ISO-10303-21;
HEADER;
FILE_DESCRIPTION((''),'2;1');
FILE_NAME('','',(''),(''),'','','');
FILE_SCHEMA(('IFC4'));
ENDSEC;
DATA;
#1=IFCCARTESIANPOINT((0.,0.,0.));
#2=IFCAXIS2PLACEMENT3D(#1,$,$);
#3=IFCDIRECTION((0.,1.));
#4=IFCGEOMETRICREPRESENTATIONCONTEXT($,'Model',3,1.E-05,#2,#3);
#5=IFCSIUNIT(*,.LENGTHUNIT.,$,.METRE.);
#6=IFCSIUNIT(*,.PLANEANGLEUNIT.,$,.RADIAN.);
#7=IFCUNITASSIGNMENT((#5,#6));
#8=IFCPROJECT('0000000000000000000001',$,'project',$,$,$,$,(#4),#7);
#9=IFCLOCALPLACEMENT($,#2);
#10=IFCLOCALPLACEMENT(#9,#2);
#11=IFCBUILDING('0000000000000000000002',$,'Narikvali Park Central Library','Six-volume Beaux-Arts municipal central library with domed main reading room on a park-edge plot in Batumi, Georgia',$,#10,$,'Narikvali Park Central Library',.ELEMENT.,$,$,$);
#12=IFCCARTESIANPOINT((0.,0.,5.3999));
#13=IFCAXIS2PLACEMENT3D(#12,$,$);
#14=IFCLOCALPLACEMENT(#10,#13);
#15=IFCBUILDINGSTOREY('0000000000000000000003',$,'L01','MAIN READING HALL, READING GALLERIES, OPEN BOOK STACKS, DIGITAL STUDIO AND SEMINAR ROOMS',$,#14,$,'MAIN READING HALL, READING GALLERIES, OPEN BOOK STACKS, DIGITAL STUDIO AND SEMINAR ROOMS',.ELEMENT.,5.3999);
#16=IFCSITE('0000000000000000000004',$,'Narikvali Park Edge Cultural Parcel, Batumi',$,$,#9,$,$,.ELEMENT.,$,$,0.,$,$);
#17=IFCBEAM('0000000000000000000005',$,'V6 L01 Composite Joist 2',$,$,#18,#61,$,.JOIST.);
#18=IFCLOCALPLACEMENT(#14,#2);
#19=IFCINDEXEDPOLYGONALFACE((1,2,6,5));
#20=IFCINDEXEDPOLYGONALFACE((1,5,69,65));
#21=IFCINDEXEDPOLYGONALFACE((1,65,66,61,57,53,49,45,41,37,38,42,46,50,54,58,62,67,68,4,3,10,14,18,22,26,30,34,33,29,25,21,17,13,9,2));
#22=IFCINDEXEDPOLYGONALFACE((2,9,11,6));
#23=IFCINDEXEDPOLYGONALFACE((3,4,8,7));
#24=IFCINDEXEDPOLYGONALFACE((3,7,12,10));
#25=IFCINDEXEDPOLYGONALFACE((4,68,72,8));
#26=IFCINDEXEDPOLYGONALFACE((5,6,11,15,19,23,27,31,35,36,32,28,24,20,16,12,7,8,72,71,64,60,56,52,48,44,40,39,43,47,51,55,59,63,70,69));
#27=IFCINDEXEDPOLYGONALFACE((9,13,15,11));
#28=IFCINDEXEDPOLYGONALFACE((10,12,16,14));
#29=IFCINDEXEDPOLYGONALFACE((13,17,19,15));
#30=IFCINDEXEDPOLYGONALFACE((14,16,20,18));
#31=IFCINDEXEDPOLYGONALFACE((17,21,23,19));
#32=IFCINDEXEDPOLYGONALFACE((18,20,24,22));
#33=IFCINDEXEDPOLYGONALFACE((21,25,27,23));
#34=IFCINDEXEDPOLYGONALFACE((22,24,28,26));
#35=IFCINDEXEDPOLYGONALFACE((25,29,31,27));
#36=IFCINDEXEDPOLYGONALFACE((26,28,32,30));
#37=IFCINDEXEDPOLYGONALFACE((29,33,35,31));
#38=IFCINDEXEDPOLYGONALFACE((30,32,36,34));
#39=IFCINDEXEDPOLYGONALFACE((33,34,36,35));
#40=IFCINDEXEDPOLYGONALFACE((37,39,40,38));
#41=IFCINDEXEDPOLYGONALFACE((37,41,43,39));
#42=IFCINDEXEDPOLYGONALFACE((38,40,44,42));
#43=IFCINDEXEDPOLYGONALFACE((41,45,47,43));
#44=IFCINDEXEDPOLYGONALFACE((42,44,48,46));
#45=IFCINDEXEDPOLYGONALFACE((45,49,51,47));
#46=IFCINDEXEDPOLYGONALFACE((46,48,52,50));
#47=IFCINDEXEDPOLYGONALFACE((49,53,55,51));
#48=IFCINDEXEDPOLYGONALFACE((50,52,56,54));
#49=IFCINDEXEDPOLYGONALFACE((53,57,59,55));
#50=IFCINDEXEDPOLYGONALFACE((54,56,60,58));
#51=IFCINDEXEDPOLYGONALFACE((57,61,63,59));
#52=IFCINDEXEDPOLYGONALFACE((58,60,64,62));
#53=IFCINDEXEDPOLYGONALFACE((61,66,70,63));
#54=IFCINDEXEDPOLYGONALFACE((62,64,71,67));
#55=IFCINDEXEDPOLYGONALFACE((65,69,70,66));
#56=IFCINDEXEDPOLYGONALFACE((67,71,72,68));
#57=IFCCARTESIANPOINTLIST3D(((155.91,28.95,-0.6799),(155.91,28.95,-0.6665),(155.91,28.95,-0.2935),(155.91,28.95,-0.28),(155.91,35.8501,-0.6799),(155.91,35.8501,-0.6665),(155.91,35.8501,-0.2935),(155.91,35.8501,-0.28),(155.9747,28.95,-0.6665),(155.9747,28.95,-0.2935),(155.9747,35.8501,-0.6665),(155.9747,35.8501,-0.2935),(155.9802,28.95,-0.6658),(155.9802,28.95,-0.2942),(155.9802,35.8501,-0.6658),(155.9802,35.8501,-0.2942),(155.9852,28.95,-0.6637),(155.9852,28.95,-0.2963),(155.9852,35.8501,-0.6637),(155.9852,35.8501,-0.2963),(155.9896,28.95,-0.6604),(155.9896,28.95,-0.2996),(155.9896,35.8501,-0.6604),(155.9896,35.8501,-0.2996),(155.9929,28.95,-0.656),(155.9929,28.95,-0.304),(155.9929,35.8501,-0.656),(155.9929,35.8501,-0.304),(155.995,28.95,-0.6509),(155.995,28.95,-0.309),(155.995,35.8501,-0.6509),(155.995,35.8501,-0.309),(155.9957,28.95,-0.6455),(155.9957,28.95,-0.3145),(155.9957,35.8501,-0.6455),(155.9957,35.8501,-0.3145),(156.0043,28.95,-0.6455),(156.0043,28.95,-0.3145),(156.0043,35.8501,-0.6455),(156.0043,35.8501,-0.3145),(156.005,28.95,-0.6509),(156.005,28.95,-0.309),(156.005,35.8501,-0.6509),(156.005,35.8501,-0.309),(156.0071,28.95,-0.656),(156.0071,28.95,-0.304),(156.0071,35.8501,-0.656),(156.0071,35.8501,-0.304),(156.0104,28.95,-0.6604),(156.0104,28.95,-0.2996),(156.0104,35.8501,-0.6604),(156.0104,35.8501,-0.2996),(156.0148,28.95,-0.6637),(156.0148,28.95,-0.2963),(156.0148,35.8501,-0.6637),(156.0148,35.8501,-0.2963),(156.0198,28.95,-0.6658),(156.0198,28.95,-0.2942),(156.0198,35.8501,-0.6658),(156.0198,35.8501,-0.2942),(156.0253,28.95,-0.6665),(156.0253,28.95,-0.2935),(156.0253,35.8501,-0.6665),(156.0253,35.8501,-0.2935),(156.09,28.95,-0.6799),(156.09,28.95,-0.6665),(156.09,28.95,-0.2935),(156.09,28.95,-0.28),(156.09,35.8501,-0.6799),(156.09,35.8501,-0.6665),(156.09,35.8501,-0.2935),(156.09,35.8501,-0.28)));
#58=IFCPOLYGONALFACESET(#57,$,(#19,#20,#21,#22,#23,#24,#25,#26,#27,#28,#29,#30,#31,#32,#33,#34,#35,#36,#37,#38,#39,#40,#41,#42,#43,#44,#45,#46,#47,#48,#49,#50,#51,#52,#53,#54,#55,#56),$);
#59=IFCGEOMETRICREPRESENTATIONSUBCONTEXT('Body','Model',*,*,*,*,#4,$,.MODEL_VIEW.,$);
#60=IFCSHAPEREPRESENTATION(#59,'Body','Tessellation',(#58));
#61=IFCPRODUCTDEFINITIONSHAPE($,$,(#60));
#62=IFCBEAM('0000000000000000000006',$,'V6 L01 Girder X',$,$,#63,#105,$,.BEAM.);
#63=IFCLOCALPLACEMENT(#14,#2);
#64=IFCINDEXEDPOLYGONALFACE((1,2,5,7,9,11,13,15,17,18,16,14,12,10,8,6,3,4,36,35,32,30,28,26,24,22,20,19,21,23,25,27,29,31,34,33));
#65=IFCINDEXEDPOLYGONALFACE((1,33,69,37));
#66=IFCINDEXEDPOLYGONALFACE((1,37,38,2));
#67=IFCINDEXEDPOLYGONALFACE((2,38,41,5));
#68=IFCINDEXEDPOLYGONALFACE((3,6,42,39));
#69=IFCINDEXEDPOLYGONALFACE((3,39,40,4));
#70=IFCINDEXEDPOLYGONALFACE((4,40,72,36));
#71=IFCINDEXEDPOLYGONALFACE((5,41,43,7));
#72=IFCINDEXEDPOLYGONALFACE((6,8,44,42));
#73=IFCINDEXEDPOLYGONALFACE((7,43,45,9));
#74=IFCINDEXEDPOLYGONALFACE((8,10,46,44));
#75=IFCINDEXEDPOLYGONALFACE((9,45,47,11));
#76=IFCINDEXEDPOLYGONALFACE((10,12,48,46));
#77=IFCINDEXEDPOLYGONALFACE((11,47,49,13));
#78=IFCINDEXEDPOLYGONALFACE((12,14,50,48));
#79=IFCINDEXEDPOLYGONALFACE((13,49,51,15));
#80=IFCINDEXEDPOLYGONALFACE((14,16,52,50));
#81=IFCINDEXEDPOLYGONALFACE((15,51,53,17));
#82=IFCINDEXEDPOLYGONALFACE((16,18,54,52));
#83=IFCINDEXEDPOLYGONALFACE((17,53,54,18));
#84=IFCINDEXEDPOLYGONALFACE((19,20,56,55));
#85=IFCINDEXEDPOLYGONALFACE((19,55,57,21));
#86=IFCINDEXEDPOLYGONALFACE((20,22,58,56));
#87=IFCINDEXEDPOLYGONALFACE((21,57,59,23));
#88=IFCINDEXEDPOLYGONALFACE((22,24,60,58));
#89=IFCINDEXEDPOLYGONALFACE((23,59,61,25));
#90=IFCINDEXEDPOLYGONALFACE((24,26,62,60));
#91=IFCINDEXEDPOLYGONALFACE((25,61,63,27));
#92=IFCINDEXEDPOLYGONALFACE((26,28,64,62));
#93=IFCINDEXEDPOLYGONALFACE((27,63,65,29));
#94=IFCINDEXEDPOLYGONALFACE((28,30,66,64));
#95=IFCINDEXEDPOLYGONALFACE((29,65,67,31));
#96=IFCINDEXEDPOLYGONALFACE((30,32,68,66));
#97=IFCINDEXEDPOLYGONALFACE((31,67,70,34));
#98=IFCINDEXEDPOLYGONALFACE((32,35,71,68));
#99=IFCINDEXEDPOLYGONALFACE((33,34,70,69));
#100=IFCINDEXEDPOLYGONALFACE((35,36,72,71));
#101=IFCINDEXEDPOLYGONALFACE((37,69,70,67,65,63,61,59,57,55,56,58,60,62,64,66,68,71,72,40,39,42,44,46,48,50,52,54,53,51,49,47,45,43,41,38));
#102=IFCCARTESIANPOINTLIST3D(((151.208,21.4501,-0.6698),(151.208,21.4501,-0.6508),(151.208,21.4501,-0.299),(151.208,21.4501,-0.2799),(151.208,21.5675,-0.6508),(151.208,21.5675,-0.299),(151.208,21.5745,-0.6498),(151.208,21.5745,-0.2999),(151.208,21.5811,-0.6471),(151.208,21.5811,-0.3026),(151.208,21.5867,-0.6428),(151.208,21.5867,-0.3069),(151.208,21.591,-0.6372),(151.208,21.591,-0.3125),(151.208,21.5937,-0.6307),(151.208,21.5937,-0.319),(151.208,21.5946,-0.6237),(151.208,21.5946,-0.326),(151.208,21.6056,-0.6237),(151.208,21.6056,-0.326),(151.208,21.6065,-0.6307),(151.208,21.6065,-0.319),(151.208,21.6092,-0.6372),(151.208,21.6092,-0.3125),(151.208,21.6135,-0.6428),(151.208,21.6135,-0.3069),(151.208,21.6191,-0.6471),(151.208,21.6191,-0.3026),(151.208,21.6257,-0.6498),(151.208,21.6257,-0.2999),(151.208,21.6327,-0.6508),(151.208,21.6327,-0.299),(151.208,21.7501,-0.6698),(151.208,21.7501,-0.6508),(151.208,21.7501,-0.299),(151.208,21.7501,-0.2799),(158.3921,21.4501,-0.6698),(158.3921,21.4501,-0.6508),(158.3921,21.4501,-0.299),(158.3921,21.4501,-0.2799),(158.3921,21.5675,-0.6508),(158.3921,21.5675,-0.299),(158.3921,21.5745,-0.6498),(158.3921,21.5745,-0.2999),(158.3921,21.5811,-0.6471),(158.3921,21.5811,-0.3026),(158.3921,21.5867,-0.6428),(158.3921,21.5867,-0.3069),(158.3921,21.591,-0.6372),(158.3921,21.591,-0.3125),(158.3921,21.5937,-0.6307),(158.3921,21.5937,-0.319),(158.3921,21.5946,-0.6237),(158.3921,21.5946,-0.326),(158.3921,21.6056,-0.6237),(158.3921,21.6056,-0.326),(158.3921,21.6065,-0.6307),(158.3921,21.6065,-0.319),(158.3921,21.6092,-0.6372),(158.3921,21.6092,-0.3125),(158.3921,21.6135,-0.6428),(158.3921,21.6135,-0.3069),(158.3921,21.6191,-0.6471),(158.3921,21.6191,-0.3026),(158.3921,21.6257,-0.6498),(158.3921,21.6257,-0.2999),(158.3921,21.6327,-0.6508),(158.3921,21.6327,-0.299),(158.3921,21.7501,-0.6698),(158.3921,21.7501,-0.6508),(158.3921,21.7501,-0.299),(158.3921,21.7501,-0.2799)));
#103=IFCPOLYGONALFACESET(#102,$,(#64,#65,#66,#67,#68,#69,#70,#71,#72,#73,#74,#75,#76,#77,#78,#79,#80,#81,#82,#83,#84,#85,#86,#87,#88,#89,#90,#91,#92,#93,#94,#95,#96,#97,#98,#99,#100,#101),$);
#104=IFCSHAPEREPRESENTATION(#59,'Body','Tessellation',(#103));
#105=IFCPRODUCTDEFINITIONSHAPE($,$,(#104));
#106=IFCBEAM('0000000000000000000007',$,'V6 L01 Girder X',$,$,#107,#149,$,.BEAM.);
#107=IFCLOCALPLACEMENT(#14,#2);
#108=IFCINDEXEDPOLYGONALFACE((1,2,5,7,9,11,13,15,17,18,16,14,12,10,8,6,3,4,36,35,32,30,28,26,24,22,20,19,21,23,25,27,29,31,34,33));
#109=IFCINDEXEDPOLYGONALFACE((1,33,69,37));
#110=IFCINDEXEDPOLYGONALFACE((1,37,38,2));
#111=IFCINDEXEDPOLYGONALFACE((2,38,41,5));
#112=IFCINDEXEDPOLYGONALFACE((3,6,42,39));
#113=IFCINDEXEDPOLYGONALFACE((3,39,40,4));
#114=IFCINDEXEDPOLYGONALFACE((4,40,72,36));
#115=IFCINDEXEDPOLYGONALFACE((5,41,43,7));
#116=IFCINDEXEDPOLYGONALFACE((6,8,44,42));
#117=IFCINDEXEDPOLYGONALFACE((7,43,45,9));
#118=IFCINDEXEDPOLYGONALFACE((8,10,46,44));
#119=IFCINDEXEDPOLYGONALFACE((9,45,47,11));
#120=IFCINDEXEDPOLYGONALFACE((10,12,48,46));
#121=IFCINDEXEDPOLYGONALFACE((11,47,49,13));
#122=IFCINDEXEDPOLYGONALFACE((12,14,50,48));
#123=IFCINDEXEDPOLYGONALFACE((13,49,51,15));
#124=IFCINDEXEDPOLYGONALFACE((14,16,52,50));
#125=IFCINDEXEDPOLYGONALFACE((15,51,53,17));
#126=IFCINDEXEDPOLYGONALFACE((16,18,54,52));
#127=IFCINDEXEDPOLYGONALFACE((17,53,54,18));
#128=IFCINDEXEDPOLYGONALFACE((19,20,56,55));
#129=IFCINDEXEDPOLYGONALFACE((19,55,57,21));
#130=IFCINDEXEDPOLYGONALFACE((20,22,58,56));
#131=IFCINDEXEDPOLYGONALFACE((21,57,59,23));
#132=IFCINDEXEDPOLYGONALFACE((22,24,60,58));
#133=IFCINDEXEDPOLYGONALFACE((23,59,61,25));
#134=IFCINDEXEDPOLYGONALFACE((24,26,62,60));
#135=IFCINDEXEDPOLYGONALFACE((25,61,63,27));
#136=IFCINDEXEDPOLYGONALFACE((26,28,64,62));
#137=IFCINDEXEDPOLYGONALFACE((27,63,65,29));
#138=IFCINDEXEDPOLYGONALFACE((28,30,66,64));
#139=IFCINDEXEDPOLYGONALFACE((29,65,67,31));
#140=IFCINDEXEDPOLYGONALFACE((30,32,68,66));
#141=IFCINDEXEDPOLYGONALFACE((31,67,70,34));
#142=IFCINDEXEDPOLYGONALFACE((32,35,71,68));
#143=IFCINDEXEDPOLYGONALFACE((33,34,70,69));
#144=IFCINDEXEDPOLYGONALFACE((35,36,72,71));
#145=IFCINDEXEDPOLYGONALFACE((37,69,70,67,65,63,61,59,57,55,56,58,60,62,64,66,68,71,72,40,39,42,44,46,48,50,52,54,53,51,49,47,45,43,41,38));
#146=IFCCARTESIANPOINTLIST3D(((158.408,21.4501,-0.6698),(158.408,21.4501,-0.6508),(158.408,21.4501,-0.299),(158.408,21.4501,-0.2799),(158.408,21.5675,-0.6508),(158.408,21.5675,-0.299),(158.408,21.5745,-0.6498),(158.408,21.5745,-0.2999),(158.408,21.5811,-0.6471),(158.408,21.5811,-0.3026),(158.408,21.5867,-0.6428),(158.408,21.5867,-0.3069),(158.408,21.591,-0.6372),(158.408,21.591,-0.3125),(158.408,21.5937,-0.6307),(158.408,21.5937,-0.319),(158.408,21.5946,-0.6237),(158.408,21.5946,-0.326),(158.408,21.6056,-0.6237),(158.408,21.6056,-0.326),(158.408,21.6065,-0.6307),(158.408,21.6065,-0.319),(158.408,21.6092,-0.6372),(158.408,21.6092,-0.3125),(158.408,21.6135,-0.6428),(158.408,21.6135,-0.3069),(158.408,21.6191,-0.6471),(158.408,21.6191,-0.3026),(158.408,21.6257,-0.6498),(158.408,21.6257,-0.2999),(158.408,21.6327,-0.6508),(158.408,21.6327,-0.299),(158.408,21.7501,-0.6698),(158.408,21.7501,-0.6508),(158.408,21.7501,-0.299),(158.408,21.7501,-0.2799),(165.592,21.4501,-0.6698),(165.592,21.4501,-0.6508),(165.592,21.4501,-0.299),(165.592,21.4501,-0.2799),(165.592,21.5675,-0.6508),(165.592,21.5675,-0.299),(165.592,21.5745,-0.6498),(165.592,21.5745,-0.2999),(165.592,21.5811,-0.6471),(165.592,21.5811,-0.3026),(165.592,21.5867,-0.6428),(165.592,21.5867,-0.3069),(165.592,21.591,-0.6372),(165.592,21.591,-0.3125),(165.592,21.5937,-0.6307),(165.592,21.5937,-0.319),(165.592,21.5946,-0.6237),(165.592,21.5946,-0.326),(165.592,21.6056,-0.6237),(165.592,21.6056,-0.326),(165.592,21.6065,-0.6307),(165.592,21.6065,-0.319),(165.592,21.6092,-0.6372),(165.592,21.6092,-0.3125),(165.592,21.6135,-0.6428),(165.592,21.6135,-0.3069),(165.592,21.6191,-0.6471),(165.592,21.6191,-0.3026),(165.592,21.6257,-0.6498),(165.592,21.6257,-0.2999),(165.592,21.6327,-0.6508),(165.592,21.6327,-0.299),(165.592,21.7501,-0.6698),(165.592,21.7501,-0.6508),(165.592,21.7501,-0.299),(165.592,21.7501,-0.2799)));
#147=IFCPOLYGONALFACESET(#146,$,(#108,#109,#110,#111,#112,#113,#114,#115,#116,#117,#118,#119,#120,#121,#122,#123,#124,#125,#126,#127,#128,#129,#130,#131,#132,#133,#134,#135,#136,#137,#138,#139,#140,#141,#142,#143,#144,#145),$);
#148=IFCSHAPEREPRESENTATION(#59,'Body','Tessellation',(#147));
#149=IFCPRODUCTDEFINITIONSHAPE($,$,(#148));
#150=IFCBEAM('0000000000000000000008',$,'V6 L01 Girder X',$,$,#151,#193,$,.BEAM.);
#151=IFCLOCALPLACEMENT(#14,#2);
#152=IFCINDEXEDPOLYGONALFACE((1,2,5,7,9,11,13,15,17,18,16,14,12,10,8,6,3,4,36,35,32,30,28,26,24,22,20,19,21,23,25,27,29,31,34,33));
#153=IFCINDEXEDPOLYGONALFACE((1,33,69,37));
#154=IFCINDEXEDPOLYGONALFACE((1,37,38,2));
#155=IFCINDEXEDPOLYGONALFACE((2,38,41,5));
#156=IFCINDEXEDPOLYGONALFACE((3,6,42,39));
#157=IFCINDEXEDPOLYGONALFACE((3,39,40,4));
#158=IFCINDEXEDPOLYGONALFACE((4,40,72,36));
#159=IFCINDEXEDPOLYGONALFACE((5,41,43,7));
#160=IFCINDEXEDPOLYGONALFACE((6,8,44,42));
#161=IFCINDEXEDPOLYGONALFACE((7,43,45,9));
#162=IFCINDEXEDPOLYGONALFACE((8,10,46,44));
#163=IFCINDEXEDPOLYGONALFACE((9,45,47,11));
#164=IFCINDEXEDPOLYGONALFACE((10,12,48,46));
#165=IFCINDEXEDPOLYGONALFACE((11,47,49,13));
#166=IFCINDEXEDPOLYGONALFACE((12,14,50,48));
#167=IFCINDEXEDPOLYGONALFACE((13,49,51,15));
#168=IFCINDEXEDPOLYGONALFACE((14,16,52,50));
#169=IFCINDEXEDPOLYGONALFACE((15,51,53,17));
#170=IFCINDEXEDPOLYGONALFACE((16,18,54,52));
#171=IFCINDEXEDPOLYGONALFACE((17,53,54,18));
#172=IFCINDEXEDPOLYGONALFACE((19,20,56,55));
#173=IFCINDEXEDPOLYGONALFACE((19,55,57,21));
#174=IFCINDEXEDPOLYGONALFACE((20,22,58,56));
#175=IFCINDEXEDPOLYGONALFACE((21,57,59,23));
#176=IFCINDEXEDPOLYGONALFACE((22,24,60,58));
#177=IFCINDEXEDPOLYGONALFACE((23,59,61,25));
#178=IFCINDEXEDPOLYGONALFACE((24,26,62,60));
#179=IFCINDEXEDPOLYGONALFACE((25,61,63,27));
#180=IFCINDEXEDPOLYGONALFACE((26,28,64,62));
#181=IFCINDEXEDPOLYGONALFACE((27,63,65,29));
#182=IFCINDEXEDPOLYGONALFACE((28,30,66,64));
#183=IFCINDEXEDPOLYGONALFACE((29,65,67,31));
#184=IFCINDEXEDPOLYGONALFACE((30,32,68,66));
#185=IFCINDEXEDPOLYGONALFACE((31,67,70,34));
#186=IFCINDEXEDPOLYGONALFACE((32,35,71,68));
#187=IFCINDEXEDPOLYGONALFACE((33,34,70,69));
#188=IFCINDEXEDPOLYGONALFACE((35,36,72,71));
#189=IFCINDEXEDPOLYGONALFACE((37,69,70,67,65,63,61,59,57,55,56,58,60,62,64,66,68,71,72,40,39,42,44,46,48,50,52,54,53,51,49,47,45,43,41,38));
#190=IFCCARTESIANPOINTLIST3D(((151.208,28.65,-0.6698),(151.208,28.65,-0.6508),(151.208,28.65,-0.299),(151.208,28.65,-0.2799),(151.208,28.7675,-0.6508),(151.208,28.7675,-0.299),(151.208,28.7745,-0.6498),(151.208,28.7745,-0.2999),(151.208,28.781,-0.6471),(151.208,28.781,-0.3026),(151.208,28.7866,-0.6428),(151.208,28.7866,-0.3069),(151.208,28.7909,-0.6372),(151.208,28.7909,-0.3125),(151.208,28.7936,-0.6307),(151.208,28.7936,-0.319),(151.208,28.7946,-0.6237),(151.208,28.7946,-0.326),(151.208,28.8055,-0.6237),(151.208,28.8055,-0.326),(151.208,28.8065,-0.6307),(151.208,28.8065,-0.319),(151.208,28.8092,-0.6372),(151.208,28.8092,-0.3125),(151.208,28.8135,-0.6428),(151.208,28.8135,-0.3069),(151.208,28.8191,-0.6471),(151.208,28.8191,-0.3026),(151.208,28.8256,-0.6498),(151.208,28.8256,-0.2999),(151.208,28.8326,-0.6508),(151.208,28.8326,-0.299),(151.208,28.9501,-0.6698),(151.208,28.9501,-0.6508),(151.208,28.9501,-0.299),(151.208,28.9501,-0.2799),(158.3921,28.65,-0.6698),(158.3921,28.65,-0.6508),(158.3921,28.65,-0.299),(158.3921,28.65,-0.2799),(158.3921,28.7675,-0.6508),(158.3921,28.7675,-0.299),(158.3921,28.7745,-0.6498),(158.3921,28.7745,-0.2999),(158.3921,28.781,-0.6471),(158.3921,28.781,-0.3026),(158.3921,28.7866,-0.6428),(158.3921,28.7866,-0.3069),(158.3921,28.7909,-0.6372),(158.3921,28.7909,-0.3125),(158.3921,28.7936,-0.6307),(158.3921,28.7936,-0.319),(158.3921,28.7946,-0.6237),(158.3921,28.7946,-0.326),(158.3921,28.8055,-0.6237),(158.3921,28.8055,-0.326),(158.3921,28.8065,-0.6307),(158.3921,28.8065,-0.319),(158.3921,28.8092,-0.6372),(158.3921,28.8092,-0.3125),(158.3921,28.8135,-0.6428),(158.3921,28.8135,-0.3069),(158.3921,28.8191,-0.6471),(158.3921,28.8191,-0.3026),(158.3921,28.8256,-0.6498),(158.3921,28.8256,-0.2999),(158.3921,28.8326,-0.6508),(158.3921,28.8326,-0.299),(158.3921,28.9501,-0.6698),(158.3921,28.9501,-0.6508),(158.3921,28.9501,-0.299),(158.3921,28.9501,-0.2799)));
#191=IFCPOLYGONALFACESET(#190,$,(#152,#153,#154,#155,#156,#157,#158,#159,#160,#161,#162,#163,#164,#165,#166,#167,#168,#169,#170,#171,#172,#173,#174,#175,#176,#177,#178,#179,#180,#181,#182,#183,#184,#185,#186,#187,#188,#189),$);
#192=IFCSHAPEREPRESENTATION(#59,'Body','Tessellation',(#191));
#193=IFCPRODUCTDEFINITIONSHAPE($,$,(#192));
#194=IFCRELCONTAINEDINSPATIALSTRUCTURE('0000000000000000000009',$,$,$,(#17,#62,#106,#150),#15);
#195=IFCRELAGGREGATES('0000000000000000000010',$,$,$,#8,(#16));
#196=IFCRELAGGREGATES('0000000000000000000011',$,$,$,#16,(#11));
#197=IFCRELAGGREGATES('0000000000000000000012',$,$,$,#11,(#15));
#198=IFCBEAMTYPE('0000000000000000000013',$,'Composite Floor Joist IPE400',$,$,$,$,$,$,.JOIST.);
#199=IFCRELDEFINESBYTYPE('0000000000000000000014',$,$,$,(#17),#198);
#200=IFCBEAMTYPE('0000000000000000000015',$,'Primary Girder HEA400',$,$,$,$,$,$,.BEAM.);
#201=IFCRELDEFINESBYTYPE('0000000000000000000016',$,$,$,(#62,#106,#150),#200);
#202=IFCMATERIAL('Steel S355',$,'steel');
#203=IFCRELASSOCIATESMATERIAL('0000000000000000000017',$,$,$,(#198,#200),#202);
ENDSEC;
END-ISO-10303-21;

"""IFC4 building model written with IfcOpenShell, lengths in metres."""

from ifc_helpers import new_model, si_unit, direction, frame, origin, origin_2d, place, context, subcontext, project, spatial, i_section, extrude, material, material_profile, profile_set, type_object, element, save


model = new_model("IFC4")

# Units and contexts
model_context = context("Model", 3, precision=1e-05, world=origin(), true_north=direction((0.0, 1.0)))
body_context = subcontext(model_context, "Body", "Model", "MODEL_VIEW")
ifc_project = project(units=[si_unit("LENGTHUNIT", "METRE"), si_unit("PLANEANGLEUNIT", "RADIAN")], contexts=[model_context])

# Site, building, storey
site_placement = place(None, origin())
site = spatial("IfcSite", under=ifc_project, at=site_placement, Name="Narikvali Park Edge Cultural Parcel, Batumi", CompositionType="ELEMENT", RefElevation=0.0)
building_placement = place(site_placement, origin())
building = spatial("IfcBuilding", under=site, at=building_placement, Name="Narikvali Park Central Library", Description="Six-volume Beaux-Arts municipal central library with domed main reading room on a park-edge plot in Batumi, Georgia", LongName="Narikvali Park Central Library", CompositionType="ELEMENT")
storey_placement = place(building_placement, frame((0.0, 0.0, 5.3999)))
storey = spatial("IfcBuildingStorey", under=building, at=storey_placement, Name="L01", Description="MAIN READING HALL, READING GALLERIES, OPEN BOOK STACKS, DIGITAL STUDIO AND SEMINAR ROOMS", LongName="MAIN READING HALL, READING GALLERIES, OPEN BOOK STACKS, DIGITAL STUDIO AND SEMINAR ROOMS", CompositionType="ELEMENT", Elevation=5.3999)

# Shared definitions
ifc_material_1 = material(Name="Steel S355", Category="steel")

# Beams
ifc_material_profile_1 = material_profile(ifc_material_1, i_section(OverallWidth=0.1799, OverallDepth=0.3999, WebThickness=0.0085, FlangeThickness=0.0134, FilletRadius=0.021, at=origin_2d()), Name="IPE 400")
ifc_profile_set_1 = profile_set([ifc_material_profile_1], Name="Steel S355")
beam_type_1 = type_object("IfcBeamType", Name="Composite Floor Joist IPE400", PredefinedType="JOIST", material=ifc_profile_set_1)
for number, where, z_axis, x_axis, name in (
    (1, (156.0, 28.95, -0.48), (0.0, 1.0, 0.0), (-1.0, 0.0, 0.0), "V6 L01 Composite Joist 2"),
):
    element("IfcBeam", number, at=place(storey_placement, frame(where, z_axis=z_axis, x_axis=x_axis)), inside=storey, type_object=beam_type_1, Name=name, PredefinedType="JOIST", context=body_context, shape_type="SweptSolid", body=[
        extrude(i_section(OverallWidth=0.1799, OverallDepth=0.3999, WebThickness=0.0085, FlangeThickness=0.0134, FilletRadius=0.021, at=origin_2d()), origin(), (0.0, 0.0, 1.0), 6.9001),
    ])
ifc_material_profile_2 = material_profile(ifc_material_1, i_section(OverallWidth=0.3, OverallDepth=0.3899, WebThickness=0.011, FlangeThickness=0.019, FilletRadius=0.0271, at=origin_2d()), Name="HEA 400")
ifc_profile_set_2 = profile_set([ifc_material_profile_2], Name="Steel S355")
beam_type_2 = type_object("IfcBeamType", Name="Primary Girder HEA400", PredefinedType="BEAM", material=ifc_profile_set_2)
for number, where, z_axis, x_axis, name in (
    (2, (151.208, 21.6001, -0.4749), (1.0, 0.0, 0.0), (0.0, 1.0, 0.0), "V6 L01 Girder X"),
    (3, (158.408, 21.6001, -0.4749), (1.0, 0.0, 0.0), (0.0, 1.0, 0.0), "V6 L01 Girder X"),
    (4, (151.208, 28.8, -0.4749), (1.0, 0.0, 0.0), (0.0, 1.0, 0.0), "V6 L01 Girder X"),
):
    element("IfcBeam", number, at=place(storey_placement, frame(where, z_axis=z_axis, x_axis=x_axis)), inside=storey, type_object=beam_type_2, Name=name, PredefinedType="BEAM", context=body_context, shape_type="SweptSolid", body=[
        extrude(i_section(OverallWidth=0.3, OverallDepth=0.3899, WebThickness=0.011, FlangeThickness=0.019, FilletRadius=0.0271, at=origin_2d()), origin(), (0.0, 0.0, 1.0), 7.1841),
    ])

save(model, "model.ifc")
